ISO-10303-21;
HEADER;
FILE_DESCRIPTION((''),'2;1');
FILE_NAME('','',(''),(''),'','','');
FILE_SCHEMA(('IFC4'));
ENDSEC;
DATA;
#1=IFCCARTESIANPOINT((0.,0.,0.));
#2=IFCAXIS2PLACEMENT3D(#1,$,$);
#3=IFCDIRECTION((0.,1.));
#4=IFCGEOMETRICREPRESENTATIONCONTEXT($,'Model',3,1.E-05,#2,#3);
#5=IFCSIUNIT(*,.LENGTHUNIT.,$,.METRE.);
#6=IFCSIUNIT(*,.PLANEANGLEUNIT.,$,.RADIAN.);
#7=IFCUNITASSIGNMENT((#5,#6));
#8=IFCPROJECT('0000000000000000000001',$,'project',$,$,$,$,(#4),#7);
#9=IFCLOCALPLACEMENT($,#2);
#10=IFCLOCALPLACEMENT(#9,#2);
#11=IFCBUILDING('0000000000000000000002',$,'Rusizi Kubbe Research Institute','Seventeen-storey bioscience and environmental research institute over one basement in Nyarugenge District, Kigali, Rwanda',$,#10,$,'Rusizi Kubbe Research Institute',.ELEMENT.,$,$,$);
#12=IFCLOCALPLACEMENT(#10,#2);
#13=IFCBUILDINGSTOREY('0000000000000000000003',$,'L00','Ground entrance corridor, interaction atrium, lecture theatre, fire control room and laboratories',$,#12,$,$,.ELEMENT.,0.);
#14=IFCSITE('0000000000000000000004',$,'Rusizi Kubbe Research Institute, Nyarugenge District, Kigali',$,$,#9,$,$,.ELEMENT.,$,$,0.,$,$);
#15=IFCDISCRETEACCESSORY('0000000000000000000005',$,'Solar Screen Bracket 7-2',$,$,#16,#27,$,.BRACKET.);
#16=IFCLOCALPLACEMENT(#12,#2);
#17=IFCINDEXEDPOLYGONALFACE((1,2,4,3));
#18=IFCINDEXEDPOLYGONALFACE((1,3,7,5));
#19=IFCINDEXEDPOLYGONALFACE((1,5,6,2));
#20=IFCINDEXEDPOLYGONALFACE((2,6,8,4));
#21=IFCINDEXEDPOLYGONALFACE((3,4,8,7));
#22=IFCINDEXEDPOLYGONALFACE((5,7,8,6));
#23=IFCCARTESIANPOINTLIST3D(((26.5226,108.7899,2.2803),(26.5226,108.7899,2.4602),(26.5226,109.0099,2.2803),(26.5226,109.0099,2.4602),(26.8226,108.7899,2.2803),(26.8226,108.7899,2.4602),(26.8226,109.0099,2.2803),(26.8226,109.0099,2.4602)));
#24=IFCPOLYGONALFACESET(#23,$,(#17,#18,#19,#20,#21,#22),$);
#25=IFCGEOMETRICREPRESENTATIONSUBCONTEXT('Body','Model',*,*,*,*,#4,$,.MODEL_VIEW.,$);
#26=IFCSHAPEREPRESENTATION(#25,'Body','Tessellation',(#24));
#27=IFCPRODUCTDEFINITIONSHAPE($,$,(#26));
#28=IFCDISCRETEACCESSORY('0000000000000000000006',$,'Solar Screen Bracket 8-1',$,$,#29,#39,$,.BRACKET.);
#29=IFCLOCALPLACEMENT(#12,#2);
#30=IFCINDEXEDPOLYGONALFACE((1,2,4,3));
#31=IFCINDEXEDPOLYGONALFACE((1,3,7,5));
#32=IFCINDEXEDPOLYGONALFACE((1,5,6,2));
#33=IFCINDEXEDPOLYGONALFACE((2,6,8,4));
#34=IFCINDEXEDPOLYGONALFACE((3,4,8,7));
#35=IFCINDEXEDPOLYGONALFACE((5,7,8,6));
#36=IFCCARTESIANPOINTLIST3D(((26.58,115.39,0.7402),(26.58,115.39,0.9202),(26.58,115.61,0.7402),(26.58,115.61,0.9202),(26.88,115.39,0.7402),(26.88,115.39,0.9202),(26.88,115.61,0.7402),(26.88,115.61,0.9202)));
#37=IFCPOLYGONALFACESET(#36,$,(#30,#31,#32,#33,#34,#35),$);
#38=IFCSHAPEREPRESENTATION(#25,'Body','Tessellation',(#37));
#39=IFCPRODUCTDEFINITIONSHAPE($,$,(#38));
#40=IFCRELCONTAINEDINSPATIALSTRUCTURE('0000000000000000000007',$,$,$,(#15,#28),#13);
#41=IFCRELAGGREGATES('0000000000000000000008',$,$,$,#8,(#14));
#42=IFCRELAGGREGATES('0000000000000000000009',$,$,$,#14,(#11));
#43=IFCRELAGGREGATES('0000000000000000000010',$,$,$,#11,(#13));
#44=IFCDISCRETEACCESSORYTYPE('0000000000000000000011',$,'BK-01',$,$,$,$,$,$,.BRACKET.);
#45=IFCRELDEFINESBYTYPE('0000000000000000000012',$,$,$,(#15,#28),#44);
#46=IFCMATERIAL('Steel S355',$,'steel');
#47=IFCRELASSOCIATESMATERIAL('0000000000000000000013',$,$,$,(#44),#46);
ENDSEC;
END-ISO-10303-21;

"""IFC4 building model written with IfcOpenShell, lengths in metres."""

from ifc_helpers import new_model, si_unit, direction, frame, origin, origin_2d, place, context, subcontext, project, spatial, rectangle, extrude, material, type_object, element, save


model = new_model("IFC4")

# Units and contexts
model_context = context("Model", 3, precision=1e-05, world=origin(), true_north=direction((0.0, 1.0)))
body_context = subcontext(model_context, "Body", "Model", "MODEL_VIEW")
ifc_project = project(units=[si_unit("LENGTHUNIT", "METRE"), si_unit("PLANEANGLEUNIT", "RADIAN")], contexts=[model_context])

# Site, building, storey
site_placement = place(None, origin())
site = spatial("IfcSite", under=ifc_project, at=site_placement, Name="Rusizi Kubbe Research Institute, Nyarugenge District, Kigali", CompositionType="ELEMENT", RefElevation=0.0)
building_placement = place(site_placement, origin())
building = spatial("IfcBuilding", under=site, at=building_placement, Name="Rusizi Kubbe Research Institute", Description="Seventeen-storey bioscience and environmental research institute over one basement in Nyarugenge District, Kigali, Rwanda", LongName="Rusizi Kubbe Research Institute", CompositionType="ELEMENT")
storey_placement = place(building_placement, origin())
storey = spatial("IfcBuildingStorey", under=building, at=storey_placement, Name="L00", Description="Ground entrance corridor, interaction atrium, lecture theatre, fire control room and laboratories", CompositionType="ELEMENT", Elevation=0.0)

# Discrete accessories
ifc_material_1 = material(Name="Steel S355", Category="steel")
discrete_accessory_type = type_object("IfcDiscreteAccessoryType", Name="BK-01", PredefinedType="BRACKET", material=ifc_material_1)
for number, where, z_axis, x_axis, name in (
    (1, (26.6726, 108.8999, 2.2803), (0.0, 0.0, 1.0), (1.0, 0.0, 0.0), "Solar Screen Bracket 7-2"),
    (2, (26.73, 115.5, 0.7402), (0.0, 0.0, 1.0), (1.0, 0.0, 0.0), "Solar Screen Bracket 8-1"),
):
    element("IfcDiscreteAccessory", number, at=place(storey_placement, frame(where, z_axis=z_axis, x_axis=x_axis)), inside=storey, type_object=discrete_accessory_type, Name=name, PredefinedType="BRACKET", context=body_context, shape_type="SweptSolid", body=[
        extrude(rectangle(XDim=0.3, YDim=0.22, at=origin_2d()), origin(), (0.0, 0.0, 1.0), 0.1799),
    ])

save(model, "model.ifc")
